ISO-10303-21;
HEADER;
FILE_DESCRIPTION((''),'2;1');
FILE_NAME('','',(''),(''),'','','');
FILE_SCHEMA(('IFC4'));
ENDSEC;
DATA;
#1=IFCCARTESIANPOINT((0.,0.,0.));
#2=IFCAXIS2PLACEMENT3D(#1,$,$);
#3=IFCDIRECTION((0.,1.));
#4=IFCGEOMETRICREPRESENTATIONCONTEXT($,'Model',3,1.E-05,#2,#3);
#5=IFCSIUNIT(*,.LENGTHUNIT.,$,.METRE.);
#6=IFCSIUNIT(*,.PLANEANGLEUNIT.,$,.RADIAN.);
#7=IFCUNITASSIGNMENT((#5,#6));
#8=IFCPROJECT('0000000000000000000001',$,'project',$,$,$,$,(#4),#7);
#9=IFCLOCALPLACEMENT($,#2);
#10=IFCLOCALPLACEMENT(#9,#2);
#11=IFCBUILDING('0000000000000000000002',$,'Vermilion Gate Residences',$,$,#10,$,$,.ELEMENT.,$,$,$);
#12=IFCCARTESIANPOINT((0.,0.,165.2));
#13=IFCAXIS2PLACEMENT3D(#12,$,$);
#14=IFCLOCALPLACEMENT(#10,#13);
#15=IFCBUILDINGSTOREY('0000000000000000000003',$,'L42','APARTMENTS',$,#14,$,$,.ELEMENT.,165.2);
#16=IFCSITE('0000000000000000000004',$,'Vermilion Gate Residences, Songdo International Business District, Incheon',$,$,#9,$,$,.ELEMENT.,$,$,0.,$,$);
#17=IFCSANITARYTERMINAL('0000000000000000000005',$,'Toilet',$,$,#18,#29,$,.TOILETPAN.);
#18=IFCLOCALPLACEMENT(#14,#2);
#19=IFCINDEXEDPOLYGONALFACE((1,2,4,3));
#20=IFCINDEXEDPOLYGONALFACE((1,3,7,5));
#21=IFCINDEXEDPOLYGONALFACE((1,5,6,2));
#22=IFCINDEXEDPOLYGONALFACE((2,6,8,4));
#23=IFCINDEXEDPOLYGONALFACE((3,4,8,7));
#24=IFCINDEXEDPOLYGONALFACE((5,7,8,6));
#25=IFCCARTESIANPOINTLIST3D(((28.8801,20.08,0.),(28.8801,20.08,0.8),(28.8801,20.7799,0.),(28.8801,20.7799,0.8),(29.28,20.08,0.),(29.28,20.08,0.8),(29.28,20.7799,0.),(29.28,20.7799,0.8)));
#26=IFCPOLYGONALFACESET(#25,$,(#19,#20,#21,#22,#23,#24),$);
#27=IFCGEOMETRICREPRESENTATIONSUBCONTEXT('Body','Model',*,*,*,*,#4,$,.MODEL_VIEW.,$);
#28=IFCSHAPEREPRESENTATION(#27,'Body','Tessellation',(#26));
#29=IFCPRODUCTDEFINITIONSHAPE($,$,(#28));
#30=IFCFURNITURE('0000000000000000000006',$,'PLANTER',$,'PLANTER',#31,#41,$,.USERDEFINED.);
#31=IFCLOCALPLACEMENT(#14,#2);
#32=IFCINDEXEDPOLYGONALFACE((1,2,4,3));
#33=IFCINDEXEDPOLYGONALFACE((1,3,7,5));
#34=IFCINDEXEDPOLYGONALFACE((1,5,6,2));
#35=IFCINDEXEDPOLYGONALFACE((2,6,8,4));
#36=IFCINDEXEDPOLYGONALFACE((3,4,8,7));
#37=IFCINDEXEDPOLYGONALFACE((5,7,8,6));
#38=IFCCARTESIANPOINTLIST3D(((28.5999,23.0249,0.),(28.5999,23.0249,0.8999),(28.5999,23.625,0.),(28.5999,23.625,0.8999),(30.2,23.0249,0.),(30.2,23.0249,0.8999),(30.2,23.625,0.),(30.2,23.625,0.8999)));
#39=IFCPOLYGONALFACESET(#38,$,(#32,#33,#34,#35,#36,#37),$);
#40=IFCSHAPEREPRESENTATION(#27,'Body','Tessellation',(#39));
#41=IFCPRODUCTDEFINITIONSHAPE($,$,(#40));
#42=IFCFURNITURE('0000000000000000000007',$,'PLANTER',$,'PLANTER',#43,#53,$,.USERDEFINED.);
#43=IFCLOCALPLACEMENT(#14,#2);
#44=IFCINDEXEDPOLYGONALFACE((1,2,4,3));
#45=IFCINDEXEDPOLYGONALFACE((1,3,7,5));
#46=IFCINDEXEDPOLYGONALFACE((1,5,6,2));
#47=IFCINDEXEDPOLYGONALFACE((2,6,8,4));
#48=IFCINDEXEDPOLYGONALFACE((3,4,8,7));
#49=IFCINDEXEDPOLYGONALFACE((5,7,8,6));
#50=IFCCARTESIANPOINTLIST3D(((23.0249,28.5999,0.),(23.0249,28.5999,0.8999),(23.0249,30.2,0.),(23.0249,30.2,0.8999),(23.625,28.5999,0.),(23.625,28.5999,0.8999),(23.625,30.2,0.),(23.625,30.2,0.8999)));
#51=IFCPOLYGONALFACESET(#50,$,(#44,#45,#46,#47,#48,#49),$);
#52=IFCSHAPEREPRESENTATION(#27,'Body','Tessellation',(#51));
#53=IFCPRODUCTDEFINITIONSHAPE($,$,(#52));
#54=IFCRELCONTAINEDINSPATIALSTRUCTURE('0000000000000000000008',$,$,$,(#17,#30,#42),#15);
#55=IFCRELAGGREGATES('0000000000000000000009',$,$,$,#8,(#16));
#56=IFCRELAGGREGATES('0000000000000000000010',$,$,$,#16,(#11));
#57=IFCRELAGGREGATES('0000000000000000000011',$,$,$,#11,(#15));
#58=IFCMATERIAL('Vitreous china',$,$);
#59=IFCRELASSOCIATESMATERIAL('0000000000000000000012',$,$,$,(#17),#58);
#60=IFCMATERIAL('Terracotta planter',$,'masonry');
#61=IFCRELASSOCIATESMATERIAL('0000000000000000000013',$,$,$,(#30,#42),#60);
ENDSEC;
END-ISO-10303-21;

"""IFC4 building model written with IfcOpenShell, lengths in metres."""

from ifc_helpers import new_model, si_unit, direction, frame, origin, origin_2d, place, context, subcontext, project, spatial, rectangle, extrude, material, element, save


model = new_model("IFC4")

# Units and contexts
model_context = context("Model", 3, precision=1e-05, world=origin(), true_north=direction((0.0, 1.0)))
body_context = subcontext(model_context, "Body", "Model", "MODEL_VIEW")
ifc_project = project(units=[si_unit("LENGTHUNIT", "METRE"), si_unit("PLANEANGLEUNIT", "RADIAN")], contexts=[model_context])

# Site, building, storey
site_placement = place(None, origin())
site = spatial("IfcSite", under=ifc_project, at=site_placement, Name="Vermilion Gate Residences, Songdo International Business District, Incheon", CompositionType="ELEMENT", RefElevation=0.0)
building_placement = place(site_placement, origin())
building = spatial("IfcBuilding", under=site, at=building_placement, Name="Vermilion Gate Residences", CompositionType="ELEMENT")
storey_placement = place(building_placement, frame((0.0, 0.0, 165.2)))
storey = spatial("IfcBuildingStorey", under=building, at=storey_placement, Name="L42", Description="APARTMENTS", CompositionType="ELEMENT", Elevation=165.2)

# Sanitary terminal
ifc_material_1 = material(Name="Vitreous china")
sanitary_terminal_1_placement = place(storey_placement, frame((29.0801, 20.4299, 0.0), z_axis=(0.0, 0.0, 1.0), x_axis=(1.0, 0.0, 0.0)))
element("IfcSanitaryTerminal", 1, at=sanitary_terminal_1_placement, inside=storey, material=ifc_material_1, Name="Toilet", PredefinedType="TOILETPAN", context=body_context, shape_type="SweptSolid", body=[
    extrude(rectangle(XDim=0.3999, YDim=0.7, at=origin_2d()), origin(), (0.0, 0.0, 1.0), 0.8),
])

# Furniture
ifc_material_2 = material(Name="Terracotta planter", Category="masonry")
for number, where, z_axis, x_axis, name in (
    (2, (29.3999, 23.325, 0.0), (0.0, 0.0, 1.0), (-1.0, 0.0, 0.0), "PLANTER"),
    (3, (23.325, 29.3999, 0.0), (0.0, 0.0, 1.0), (0.0, 1.0, 0.0), "PLANTER"),
):
    element("IfcFurniture", number, at=place(storey_placement, frame(where, z_axis=z_axis, x_axis=x_axis)), inside=storey, material=ifc_material_2, Name=name, ObjectType="PLANTER", PredefinedType="USERDEFINED", context=body_context, shape_type="SweptSolid", body=[
        extrude(rectangle(XDim=1.6001, YDim=0.6001, at=origin_2d()), origin(), (0.0, 0.0, 1.0), 0.8999),
    ])

save(model, "model.ifc")
